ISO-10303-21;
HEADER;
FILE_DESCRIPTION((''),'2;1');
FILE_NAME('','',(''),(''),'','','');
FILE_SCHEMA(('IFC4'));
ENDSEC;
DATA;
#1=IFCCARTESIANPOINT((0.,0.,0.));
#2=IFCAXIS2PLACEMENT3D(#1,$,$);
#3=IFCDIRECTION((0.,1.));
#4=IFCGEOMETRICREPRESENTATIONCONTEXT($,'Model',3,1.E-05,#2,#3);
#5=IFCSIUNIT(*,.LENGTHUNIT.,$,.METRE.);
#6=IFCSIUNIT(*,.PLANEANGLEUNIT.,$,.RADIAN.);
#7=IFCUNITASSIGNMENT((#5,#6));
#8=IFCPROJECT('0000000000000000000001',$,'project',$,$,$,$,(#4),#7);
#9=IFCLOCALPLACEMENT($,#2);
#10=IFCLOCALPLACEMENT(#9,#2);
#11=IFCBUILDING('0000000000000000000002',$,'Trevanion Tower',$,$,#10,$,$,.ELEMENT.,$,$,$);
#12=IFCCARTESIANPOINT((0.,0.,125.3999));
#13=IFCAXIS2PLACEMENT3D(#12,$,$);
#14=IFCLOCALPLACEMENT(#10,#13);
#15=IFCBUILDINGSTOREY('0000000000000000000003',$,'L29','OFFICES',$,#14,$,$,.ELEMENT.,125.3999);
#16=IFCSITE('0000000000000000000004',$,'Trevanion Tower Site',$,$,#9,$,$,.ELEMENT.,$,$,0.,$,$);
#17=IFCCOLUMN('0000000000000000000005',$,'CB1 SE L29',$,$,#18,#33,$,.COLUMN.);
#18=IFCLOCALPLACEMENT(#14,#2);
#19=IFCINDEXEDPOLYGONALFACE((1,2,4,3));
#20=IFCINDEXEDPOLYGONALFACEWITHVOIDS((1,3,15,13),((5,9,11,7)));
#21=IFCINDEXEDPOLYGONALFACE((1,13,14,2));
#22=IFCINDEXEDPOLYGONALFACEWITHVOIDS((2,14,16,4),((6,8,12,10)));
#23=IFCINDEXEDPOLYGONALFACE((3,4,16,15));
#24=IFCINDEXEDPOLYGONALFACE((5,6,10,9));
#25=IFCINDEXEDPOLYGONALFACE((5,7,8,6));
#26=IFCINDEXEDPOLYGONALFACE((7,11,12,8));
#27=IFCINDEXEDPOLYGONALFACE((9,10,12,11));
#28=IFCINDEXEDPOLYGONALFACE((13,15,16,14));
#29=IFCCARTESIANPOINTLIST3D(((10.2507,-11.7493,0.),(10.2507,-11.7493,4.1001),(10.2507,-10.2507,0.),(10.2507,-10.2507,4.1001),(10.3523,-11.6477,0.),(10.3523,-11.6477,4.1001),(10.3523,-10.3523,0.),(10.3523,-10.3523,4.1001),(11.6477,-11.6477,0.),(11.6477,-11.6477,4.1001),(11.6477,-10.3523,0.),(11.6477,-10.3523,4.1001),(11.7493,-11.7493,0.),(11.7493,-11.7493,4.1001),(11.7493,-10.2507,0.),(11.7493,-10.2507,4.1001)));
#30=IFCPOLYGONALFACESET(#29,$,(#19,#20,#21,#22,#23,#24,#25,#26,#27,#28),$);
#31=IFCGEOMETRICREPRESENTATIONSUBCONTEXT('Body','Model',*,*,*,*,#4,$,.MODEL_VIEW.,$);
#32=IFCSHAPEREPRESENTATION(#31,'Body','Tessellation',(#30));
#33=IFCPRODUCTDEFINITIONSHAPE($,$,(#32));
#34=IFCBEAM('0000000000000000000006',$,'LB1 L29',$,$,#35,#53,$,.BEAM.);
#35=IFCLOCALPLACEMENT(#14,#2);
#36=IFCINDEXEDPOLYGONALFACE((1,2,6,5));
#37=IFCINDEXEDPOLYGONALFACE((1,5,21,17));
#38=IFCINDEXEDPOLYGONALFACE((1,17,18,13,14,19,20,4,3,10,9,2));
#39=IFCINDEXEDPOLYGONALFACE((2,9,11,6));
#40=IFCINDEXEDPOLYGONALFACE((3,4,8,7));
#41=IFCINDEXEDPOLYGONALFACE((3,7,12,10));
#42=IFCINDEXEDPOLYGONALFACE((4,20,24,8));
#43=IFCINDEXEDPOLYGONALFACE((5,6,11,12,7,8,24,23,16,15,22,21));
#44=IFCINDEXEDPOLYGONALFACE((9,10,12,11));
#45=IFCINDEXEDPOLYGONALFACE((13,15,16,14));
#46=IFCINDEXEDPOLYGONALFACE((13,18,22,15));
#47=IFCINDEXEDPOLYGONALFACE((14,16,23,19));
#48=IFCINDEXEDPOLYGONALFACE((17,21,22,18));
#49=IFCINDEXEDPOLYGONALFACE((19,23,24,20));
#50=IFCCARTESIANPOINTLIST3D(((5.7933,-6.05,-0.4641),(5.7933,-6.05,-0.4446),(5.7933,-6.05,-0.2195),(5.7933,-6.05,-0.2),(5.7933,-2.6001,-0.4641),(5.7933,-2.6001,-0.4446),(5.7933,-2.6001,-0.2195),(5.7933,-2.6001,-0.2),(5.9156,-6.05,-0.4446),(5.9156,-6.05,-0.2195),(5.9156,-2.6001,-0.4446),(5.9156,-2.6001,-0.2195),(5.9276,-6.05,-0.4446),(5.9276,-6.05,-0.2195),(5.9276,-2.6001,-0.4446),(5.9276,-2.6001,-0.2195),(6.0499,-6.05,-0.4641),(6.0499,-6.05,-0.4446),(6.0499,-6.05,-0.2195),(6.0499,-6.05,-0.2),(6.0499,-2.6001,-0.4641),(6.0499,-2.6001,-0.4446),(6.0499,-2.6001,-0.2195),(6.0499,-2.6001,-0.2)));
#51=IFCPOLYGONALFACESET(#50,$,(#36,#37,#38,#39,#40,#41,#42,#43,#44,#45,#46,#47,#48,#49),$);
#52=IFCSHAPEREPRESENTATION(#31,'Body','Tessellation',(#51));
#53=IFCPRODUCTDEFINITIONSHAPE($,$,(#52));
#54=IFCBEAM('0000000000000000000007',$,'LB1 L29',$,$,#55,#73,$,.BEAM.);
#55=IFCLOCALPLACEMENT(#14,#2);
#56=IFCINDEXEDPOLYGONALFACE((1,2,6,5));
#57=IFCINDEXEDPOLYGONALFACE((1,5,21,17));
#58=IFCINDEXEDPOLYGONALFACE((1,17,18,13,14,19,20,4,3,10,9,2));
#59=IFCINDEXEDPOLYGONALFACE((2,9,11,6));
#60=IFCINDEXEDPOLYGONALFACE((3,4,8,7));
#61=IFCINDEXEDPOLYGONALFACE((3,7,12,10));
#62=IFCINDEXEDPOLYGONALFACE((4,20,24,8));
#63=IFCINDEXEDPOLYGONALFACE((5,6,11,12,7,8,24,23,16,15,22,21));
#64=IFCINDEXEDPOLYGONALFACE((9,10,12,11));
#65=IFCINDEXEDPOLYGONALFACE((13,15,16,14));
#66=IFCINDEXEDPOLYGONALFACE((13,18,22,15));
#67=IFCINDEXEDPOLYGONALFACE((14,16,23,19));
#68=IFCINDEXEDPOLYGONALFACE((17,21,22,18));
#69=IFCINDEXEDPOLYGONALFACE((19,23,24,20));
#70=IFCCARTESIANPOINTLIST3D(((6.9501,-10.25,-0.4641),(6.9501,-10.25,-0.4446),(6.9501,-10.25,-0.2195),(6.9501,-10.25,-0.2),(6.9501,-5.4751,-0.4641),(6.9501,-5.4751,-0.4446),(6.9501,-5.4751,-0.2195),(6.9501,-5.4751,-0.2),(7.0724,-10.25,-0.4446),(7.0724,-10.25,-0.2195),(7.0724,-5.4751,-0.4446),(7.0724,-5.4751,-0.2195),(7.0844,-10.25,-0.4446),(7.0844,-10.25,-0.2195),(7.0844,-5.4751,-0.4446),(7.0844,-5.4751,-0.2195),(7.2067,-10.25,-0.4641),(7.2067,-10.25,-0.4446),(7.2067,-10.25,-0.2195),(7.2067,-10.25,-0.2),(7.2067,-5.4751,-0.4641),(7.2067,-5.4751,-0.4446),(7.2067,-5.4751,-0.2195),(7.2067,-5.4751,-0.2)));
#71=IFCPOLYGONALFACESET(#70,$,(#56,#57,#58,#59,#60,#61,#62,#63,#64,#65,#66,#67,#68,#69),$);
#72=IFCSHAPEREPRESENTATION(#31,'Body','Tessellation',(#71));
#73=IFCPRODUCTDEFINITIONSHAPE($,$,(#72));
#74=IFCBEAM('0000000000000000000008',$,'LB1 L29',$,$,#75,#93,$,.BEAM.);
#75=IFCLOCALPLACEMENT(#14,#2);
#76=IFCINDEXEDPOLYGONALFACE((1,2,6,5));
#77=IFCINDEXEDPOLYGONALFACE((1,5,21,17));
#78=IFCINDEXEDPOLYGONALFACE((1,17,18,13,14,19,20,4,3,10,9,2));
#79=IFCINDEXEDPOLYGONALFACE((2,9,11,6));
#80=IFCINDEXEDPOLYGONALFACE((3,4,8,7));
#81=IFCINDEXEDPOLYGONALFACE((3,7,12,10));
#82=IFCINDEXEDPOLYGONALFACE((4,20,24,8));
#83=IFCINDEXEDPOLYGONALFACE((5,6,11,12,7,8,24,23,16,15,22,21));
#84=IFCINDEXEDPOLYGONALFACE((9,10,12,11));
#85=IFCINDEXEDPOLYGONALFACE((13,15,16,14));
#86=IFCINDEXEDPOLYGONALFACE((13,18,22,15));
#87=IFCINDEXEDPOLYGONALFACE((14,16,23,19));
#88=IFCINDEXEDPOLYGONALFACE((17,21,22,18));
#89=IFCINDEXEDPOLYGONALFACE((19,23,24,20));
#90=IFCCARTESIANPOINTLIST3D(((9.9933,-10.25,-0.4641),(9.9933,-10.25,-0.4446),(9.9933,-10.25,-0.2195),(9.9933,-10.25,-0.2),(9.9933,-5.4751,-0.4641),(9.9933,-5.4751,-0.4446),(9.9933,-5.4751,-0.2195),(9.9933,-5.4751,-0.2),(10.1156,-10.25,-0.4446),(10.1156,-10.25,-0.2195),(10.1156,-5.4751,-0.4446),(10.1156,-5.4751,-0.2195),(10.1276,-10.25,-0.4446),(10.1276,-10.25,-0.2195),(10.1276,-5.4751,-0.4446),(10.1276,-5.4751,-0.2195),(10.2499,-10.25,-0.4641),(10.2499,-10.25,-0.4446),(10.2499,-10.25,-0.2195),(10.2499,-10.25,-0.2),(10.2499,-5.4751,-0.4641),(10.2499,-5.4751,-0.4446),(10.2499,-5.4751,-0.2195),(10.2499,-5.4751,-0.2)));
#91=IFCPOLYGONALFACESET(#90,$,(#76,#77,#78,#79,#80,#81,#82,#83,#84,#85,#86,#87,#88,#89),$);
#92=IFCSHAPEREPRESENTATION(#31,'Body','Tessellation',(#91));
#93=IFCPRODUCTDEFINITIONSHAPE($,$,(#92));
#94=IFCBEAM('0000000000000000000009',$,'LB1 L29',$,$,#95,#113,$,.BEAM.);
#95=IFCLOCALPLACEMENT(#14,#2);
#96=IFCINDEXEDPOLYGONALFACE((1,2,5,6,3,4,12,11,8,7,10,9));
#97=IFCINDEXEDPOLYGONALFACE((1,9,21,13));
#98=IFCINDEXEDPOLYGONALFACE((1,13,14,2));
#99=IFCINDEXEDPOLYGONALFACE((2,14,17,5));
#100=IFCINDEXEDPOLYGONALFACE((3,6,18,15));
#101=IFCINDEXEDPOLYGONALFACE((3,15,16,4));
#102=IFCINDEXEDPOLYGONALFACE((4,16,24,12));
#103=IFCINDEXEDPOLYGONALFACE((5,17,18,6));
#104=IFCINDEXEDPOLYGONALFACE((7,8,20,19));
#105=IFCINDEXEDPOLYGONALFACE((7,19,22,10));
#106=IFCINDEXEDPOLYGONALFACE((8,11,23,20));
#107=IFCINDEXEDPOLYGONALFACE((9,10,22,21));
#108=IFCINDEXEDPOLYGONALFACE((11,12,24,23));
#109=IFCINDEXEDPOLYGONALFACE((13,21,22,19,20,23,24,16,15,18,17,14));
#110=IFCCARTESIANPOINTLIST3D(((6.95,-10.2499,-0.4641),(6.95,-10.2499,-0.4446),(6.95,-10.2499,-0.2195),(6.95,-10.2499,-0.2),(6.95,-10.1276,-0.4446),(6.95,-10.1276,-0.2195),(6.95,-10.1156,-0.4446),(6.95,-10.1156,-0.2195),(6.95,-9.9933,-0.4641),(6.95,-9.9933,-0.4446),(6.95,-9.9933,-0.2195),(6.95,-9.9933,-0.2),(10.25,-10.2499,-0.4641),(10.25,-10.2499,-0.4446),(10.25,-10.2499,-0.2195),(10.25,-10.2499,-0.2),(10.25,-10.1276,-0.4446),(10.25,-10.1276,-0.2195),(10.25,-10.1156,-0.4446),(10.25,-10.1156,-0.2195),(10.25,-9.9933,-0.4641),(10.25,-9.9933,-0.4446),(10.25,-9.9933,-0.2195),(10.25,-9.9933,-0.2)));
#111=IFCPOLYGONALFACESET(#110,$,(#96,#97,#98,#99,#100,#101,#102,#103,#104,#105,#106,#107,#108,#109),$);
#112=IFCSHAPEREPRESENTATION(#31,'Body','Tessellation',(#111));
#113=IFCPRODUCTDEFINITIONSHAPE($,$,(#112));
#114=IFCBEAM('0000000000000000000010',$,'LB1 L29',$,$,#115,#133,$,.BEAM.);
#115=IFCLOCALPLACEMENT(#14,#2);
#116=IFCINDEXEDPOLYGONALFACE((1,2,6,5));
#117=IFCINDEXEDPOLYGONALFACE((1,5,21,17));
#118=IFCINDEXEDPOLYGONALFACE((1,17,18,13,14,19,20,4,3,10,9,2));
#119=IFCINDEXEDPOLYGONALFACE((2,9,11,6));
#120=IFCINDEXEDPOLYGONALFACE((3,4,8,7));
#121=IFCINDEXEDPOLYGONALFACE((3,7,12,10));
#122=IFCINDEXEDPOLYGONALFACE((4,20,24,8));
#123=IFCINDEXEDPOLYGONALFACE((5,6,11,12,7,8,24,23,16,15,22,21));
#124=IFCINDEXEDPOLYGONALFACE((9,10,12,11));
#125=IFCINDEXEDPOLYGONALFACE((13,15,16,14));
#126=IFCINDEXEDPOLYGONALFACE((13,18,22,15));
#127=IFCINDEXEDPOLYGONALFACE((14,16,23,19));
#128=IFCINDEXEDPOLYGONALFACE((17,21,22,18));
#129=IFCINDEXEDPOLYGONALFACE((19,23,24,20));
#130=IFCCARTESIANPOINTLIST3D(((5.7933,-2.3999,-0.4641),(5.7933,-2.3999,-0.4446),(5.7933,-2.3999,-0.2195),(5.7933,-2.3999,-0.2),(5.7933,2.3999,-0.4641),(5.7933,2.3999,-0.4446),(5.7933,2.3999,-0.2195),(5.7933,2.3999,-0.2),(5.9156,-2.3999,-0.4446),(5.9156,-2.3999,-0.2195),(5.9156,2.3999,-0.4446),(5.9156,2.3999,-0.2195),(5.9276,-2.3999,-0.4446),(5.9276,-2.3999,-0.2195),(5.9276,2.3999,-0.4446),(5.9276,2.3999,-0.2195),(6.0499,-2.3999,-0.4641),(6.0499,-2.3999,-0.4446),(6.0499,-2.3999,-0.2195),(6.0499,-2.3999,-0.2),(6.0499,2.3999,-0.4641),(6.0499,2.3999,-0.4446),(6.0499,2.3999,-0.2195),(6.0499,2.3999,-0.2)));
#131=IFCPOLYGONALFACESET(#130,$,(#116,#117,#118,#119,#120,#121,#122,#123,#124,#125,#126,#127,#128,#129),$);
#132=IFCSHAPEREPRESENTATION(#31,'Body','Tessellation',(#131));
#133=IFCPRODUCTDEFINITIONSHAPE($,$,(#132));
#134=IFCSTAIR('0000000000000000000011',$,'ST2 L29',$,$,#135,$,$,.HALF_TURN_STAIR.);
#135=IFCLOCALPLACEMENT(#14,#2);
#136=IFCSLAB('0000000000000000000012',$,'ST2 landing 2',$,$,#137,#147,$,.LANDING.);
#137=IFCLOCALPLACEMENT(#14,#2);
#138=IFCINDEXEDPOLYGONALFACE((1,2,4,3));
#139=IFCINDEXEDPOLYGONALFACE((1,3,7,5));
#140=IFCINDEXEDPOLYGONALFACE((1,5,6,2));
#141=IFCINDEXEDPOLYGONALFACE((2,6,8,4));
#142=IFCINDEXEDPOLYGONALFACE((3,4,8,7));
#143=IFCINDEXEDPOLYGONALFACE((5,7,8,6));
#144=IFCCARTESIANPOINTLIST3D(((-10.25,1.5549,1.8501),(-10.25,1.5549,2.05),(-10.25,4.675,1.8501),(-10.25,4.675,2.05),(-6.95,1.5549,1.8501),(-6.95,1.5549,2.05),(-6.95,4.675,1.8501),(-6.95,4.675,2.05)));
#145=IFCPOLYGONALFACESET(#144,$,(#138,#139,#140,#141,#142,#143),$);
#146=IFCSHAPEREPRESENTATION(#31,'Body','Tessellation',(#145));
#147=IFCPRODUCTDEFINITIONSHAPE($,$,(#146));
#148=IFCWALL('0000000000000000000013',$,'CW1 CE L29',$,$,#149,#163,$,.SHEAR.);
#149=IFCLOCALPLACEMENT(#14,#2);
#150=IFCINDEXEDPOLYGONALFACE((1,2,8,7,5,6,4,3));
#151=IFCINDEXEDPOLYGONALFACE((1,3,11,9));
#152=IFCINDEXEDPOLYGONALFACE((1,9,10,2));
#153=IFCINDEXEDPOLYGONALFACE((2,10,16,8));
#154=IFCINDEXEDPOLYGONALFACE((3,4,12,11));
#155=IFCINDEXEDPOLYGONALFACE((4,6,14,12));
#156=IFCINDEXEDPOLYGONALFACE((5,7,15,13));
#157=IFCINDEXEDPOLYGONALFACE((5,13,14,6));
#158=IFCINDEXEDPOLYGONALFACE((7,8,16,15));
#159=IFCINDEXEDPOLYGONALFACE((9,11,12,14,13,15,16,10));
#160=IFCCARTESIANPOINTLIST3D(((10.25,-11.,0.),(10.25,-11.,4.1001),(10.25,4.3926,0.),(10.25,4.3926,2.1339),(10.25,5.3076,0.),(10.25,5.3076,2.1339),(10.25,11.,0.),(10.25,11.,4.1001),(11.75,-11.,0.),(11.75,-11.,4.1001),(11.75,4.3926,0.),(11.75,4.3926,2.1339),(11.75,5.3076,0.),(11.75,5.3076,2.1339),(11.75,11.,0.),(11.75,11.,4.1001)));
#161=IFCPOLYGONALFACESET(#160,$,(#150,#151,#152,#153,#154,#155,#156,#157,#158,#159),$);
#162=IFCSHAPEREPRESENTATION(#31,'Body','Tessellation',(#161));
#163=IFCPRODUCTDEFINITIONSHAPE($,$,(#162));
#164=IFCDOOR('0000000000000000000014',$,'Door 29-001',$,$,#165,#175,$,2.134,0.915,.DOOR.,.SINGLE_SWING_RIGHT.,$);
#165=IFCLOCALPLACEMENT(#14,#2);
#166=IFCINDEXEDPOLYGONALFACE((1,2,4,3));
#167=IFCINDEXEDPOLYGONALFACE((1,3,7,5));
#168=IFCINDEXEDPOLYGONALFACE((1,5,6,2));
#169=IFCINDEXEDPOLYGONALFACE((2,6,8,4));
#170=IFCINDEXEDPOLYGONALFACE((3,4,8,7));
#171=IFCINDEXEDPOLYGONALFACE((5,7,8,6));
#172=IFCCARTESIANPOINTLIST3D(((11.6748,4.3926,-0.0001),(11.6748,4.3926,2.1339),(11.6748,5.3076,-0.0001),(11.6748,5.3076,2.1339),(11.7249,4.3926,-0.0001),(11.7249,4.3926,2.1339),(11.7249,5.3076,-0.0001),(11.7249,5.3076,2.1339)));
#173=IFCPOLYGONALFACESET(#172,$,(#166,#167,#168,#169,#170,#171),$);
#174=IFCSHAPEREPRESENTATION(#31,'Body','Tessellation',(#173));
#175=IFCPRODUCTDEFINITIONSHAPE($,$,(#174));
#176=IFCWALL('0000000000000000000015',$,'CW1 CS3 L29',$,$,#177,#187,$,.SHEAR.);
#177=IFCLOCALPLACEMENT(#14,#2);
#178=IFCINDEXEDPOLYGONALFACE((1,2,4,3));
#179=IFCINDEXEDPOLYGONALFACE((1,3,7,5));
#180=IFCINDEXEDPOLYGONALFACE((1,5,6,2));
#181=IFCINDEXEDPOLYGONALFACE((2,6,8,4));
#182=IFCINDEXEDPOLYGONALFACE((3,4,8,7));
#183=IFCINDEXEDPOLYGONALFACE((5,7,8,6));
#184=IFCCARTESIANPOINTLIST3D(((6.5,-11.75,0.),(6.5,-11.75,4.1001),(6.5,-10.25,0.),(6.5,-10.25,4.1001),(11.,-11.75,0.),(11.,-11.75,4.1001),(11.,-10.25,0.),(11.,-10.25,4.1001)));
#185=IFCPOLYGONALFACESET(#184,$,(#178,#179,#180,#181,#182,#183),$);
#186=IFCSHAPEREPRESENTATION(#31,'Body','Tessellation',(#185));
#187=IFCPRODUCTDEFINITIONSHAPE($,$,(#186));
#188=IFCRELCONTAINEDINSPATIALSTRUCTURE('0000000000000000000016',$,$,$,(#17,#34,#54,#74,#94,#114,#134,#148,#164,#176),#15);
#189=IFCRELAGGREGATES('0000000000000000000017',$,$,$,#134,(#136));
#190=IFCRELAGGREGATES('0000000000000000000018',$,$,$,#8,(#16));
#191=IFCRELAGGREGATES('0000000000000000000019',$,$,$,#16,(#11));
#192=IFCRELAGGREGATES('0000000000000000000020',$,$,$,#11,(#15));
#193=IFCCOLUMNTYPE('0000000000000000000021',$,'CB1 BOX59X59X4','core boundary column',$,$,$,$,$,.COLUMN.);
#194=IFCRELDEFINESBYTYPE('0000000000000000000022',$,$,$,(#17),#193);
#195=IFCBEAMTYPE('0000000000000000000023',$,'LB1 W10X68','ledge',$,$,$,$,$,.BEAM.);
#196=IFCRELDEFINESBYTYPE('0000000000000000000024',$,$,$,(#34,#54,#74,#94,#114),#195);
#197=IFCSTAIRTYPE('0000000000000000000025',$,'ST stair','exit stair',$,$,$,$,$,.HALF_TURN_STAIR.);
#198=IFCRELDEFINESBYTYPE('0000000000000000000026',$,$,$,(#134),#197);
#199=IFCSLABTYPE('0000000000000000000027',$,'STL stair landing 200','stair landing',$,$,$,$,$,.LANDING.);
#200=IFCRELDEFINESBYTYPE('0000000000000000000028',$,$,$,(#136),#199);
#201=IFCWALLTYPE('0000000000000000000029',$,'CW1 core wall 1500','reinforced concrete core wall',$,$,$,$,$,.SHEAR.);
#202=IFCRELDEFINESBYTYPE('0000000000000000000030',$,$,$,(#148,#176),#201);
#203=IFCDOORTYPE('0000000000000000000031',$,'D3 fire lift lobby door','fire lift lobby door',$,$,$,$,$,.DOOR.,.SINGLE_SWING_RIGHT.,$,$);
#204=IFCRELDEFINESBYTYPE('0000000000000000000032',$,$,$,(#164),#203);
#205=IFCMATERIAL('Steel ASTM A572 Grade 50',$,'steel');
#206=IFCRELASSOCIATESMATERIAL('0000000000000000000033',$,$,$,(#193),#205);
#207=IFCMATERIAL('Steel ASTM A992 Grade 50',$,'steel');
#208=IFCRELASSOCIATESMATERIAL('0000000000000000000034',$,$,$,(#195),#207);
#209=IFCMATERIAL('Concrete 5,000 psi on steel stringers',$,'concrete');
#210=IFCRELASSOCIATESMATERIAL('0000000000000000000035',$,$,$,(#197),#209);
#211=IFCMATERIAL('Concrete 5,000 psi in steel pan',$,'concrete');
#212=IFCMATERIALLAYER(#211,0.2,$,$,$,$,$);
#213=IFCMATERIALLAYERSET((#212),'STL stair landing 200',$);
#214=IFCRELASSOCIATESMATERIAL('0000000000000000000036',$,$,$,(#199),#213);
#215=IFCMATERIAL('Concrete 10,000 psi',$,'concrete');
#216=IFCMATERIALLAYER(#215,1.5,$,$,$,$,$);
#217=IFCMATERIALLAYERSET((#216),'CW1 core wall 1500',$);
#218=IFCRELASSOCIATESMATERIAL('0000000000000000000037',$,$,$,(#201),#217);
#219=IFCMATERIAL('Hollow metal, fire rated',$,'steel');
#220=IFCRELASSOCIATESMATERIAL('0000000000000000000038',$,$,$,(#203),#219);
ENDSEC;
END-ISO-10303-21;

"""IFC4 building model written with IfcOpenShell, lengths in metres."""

from ifc_helpers import new_model, si_unit, direction, frame, frame_2d, origin, origin_2d, place, context, subcontext, project, spatial, polyline, rectangle, hollow_rectangle, i_section, outline, extrude, material, layer, layer_set, material_profile, profile_set, type_object, element, fill, aggregate, save


model = new_model("IFC4")

# Units and contexts
model_context = context("Model", 3, precision=1e-05, world=origin(), true_north=direction((0.0, 1.0)))
body_context = subcontext(model_context, "Body", "Model", "MODEL_VIEW")
ifc_project = project(units=[si_unit("LENGTHUNIT", "METRE"), si_unit("PLANEANGLEUNIT", "RADIAN")], contexts=[model_context])

# Site, building, storey
site_placement = place(None, origin())
site = spatial("IfcSite", under=ifc_project, at=site_placement, Name="Trevanion Tower Site", CompositionType="ELEMENT", RefElevation=0.0)
building_placement = place(site_placement, origin())
building = spatial("IfcBuilding", under=site, at=building_placement, Name="Trevanion Tower", CompositionType="ELEMENT")
storey_placement = place(building_placement, frame((0.0, 0.0, 125.3999)))
storey = spatial("IfcBuildingStorey", under=building, at=storey_placement, Name="L29", Description="OFFICES", CompositionType="ELEMENT", Elevation=125.3999)

# Column
ifc_material_1 = material(Name="Steel ASTM A572 Grade 50", Category="steel")
ifc_material_profile_1 = material_profile(ifc_material_1, hollow_rectangle(XDim=1.4985, YDim=1.4985, WallThickness=0.1016, at=origin_2d()), Name="BOX59X59X4")
ifc_profile_set_1 = profile_set([ifc_material_profile_1], Name="Steel ASTM A572 Grade 50")
column_type = type_object("IfcColumnType", Name="CB1 BOX59X59X4", Description="core boundary column", PredefinedType="COLUMN", material=ifc_profile_set_1)
column_placement = place(storey_placement, frame((11.0, -11.0, 0.0), z_axis=(0.0, 0.0, 1.0), x_axis=(1.0, 0.0, 0.0)))
element("IfcColumn", 1, at=column_placement, inside=storey, type_object=column_type, Name="CB1 SE L29", PredefinedType="COLUMN", context=body_context, shape_type="SweptSolid", body=[
    extrude(hollow_rectangle(XDim=1.4985, YDim=1.4985, WallThickness=0.1016, at=origin_2d()), origin(), (0.0, 0.0, 1.0), 4.1001),
])

# Beams
ifc_material_2 = material(Name="Steel ASTM A992 Grade 50", Category="steel")
ifc_material_profile_2 = material_profile(ifc_material_2, i_section(OverallWidth=0.2566, OverallDepth=0.2642, WebThickness=0.012, FlangeThickness=0.0195, at=origin_2d()), Name="W10X68")
ifc_profile_set_2 = profile_set([ifc_material_profile_2], Name="Steel ASTM A992 Grade 50")
beam_type = type_object("IfcBeamType", Name="LB1 W10X68", Description="ledge", PredefinedType="BEAM", material=ifc_profile_set_2)
beam_1_placement = place(storey_placement, frame((5.9216, -6.05, -0.332), z_axis=(0.0, 1.0, 0.0), x_axis=(-1.0, 0.0, 0.0)))
element("IfcBeam", 2, at=beam_1_placement, inside=storey, type_object=beam_type, Name="LB1 L29", PredefinedType="BEAM", context=body_context, shape_type="SweptSolid", body=[
    extrude(i_section(OverallWidth=0.2566, OverallDepth=0.2642, WebThickness=0.012, FlangeThickness=0.0195, at=origin_2d()), origin(), (0.0, 0.0, 1.0), 3.45),
])
for number, where, z_axis, x_axis, name in (
    (3, (7.0784, -10.25, -0.332), (0.0, 1.0, 0.0), (-1.0, 0.0, 0.0), "LB1 L29"),
    (4, (10.1216, -10.25, -0.332), (0.0, 1.0, 0.0), (-1.0, 0.0, 0.0), "LB1 L29"),
):
    element("IfcBeam", number, at=place(storey_placement, frame(where, z_axis=z_axis, x_axis=x_axis)), inside=storey, type_object=beam_type, Name=name, PredefinedType="BEAM", context=body_context, shape_type="SweptSolid", body=[
        extrude(i_section(OverallWidth=0.2566, OverallDepth=0.2642, WebThickness=0.012, FlangeThickness=0.0195, at=origin_2d()), origin(), (0.0, 0.0, 1.0), 4.7749),
    ])
beam_2_placement = place(storey_placement, frame((6.95, -10.1216, -0.332), z_axis=(1.0, 0.0, 0.0), x_axis=(0.0, 1.0, 0.0)))
element("IfcBeam", 5, at=beam_2_placement, inside=storey, type_object=beam_type, Name="LB1 L29", PredefinedType="BEAM", context=body_context, shape_type="SweptSolid", body=[
    extrude(i_section(OverallWidth=0.2566, OverallDepth=0.2642, WebThickness=0.012, FlangeThickness=0.0195, at=origin_2d()), origin(), (0.0, 0.0, 1.0), 3.3),
])
beam_3_placement = place(storey_placement, frame((5.9216, -2.3999, -0.332), z_axis=(0.0, 1.0, 0.0), x_axis=(-1.0, 0.0, 0.0)))
element("IfcBeam", 6, at=beam_3_placement, inside=storey, type_object=beam_type, Name="LB1 L29", PredefinedType="BEAM", context=body_context, shape_type="SweptSolid", body=[
    extrude(i_section(OverallWidth=0.2566, OverallDepth=0.2642, WebThickness=0.012, FlangeThickness=0.0195, at=origin_2d()), origin(), (0.0, 0.0, 1.0), 4.7998),
])

# Stair, slab
ifc_material_3 = material(Name="Concrete 5,000 psi on steel stringers", Category="concrete")
stair_type = type_object("IfcStairType", Name="ST stair", Description="exit stair", PredefinedType="HALF_TURN_STAIR", material=ifc_material_3)
stair_1_placement = place(storey_placement, origin())
stair_1 = element("IfcStair", 7, at=stair_1_placement, inside=storey, type_object=stair_type, Name="ST2 L29", PredefinedType="HALF_TURN_STAIR")
ifc_material_4 = material(Name="Concrete 5,000 psi in steel pan", Category="concrete")
ifc_layer_1 = layer(ifc_material_4, 0.2)
ifc_layer_set_1 = layer_set([ifc_layer_1], Name="STL stair landing 200")
slab_type = type_object("IfcSlabType", Name="STL stair landing 200", Description="stair landing", PredefinedType="LANDING", material=ifc_layer_set_1)
slab_placement = place(storey_placement, frame((0.0, 0.0, 1.8501)))
slab = element("IfcSlab", 8, at=slab_placement, type_object=slab_type, Name="ST2 landing 2", PredefinedType="LANDING", context=body_context, shape_type="SweptSolid", body=[
    extrude(outline(polyline([(-6.95, 4.675), (-10.25, 4.675), (-10.25, 1.5549), (-6.95, 1.5549), (-6.95, 4.675)])), origin(), (0.0, 0.0, 1.0), 0.2),
])
aggregate(stair_1, [slab])

# Wall, opening, door
ifc_material_5 = material(Name="Concrete 10,000 psi", Category="concrete")
ifc_layer_2 = layer(ifc_material_5, 1.5)
ifc_layer_set_2 = layer_set([ifc_layer_2], Name="CW1 core wall 1500")
wall_type_1 = type_object("IfcWallType", Name="CW1 core wall 1500", Description="reinforced concrete core wall", PredefinedType="SHEAR", material=ifc_layer_set_2)
wall_1_placement = place(storey_placement, frame((11.0, -11.0, 0.0), z_axis=(0.0, 0.0, 1.0), x_axis=(0.0, 1.0, 0.0)))
wall_1 = element("IfcWall", 9, at=wall_1_placement, inside=storey, type_object=wall_type_1, Name="CW1 CE L29", PredefinedType="SHEAR", context=body_context, shape_type="SweptSolid", body=[
    extrude(rectangle(XDim=22.0, YDim=1.5, at=frame_2d((11.0, 0.0))), origin(), (0.0, 0.0, 1.0), 4.1001),
])
opening_1_placement = place(wall_1_placement, frame((15.3926, 0.0, 0.0)))
opening_1 = element("IfcOpeningElement", 10, at=opening_1_placement, cuts=wall_1, PredefinedType="OPENING", context=body_context, shape_type="SweptSolid", body=[
    extrude(rectangle(XDim=0.915, YDim=2.134, at=frame_2d((0.4575, 1.0669))), frame((0.0, 0.76, 0.0), z_axis=(0.0, -1.0, 0.0), x_axis=(1.0, 0.0, 0.0)), (0.0, 0.0, 1.0), 1.52),
])
ifc_material_6 = material(Name="Hollow metal, fire rated", Category="steel")
door_type_1 = type_object("IfcDoorType", Name="D3 fire lift lobby door", Description="fire lift lobby door", OperationType="SINGLE_SWING_RIGHT", PredefinedType="DOOR", material=ifc_material_6)
door_1_placement = place(opening_1_placement, origin())
door_1 = element("IfcDoor", 11, at=door_1_placement, inside=storey, type_object=door_type_1, Name="Door 29-001", OperationType="SINGLE_SWING_RIGHT", OverallHeight=2.134, OverallWidth=0.915, PredefinedType="DOOR", context=body_context, shape_type="SweptSolid", body=[
    extrude(rectangle(XDim=0.915, YDim=2.134, at=frame_2d((0.4575, 1.0669))), frame((0.0, -0.6748, 0.0), z_axis=(0.0, -1.0, 0.0), x_axis=(1.0, 0.0, 0.0)), (0.0, 0.0, 1.0), 0.05),
])
fill(opening_1, door_1)

# Wall
wall_2_placement = place(storey_placement, frame((6.5, -11.0, 0.0), z_axis=(0.0, 0.0, 1.0), x_axis=(1.0, 0.0, 0.0)))
element("IfcWall", 12, at=wall_2_placement, inside=storey, type_object=wall_type_1, Name="CW1 CS3 L29", PredefinedType="SHEAR", context=body_context, shape_type="SweptSolid", body=[
    extrude(rectangle(XDim=4.5, YDim=1.5, at=frame_2d((2.25, 0.0))), origin(), (0.0, 0.0, 1.0), 4.1001),
])

save(model, "model.ifc")
